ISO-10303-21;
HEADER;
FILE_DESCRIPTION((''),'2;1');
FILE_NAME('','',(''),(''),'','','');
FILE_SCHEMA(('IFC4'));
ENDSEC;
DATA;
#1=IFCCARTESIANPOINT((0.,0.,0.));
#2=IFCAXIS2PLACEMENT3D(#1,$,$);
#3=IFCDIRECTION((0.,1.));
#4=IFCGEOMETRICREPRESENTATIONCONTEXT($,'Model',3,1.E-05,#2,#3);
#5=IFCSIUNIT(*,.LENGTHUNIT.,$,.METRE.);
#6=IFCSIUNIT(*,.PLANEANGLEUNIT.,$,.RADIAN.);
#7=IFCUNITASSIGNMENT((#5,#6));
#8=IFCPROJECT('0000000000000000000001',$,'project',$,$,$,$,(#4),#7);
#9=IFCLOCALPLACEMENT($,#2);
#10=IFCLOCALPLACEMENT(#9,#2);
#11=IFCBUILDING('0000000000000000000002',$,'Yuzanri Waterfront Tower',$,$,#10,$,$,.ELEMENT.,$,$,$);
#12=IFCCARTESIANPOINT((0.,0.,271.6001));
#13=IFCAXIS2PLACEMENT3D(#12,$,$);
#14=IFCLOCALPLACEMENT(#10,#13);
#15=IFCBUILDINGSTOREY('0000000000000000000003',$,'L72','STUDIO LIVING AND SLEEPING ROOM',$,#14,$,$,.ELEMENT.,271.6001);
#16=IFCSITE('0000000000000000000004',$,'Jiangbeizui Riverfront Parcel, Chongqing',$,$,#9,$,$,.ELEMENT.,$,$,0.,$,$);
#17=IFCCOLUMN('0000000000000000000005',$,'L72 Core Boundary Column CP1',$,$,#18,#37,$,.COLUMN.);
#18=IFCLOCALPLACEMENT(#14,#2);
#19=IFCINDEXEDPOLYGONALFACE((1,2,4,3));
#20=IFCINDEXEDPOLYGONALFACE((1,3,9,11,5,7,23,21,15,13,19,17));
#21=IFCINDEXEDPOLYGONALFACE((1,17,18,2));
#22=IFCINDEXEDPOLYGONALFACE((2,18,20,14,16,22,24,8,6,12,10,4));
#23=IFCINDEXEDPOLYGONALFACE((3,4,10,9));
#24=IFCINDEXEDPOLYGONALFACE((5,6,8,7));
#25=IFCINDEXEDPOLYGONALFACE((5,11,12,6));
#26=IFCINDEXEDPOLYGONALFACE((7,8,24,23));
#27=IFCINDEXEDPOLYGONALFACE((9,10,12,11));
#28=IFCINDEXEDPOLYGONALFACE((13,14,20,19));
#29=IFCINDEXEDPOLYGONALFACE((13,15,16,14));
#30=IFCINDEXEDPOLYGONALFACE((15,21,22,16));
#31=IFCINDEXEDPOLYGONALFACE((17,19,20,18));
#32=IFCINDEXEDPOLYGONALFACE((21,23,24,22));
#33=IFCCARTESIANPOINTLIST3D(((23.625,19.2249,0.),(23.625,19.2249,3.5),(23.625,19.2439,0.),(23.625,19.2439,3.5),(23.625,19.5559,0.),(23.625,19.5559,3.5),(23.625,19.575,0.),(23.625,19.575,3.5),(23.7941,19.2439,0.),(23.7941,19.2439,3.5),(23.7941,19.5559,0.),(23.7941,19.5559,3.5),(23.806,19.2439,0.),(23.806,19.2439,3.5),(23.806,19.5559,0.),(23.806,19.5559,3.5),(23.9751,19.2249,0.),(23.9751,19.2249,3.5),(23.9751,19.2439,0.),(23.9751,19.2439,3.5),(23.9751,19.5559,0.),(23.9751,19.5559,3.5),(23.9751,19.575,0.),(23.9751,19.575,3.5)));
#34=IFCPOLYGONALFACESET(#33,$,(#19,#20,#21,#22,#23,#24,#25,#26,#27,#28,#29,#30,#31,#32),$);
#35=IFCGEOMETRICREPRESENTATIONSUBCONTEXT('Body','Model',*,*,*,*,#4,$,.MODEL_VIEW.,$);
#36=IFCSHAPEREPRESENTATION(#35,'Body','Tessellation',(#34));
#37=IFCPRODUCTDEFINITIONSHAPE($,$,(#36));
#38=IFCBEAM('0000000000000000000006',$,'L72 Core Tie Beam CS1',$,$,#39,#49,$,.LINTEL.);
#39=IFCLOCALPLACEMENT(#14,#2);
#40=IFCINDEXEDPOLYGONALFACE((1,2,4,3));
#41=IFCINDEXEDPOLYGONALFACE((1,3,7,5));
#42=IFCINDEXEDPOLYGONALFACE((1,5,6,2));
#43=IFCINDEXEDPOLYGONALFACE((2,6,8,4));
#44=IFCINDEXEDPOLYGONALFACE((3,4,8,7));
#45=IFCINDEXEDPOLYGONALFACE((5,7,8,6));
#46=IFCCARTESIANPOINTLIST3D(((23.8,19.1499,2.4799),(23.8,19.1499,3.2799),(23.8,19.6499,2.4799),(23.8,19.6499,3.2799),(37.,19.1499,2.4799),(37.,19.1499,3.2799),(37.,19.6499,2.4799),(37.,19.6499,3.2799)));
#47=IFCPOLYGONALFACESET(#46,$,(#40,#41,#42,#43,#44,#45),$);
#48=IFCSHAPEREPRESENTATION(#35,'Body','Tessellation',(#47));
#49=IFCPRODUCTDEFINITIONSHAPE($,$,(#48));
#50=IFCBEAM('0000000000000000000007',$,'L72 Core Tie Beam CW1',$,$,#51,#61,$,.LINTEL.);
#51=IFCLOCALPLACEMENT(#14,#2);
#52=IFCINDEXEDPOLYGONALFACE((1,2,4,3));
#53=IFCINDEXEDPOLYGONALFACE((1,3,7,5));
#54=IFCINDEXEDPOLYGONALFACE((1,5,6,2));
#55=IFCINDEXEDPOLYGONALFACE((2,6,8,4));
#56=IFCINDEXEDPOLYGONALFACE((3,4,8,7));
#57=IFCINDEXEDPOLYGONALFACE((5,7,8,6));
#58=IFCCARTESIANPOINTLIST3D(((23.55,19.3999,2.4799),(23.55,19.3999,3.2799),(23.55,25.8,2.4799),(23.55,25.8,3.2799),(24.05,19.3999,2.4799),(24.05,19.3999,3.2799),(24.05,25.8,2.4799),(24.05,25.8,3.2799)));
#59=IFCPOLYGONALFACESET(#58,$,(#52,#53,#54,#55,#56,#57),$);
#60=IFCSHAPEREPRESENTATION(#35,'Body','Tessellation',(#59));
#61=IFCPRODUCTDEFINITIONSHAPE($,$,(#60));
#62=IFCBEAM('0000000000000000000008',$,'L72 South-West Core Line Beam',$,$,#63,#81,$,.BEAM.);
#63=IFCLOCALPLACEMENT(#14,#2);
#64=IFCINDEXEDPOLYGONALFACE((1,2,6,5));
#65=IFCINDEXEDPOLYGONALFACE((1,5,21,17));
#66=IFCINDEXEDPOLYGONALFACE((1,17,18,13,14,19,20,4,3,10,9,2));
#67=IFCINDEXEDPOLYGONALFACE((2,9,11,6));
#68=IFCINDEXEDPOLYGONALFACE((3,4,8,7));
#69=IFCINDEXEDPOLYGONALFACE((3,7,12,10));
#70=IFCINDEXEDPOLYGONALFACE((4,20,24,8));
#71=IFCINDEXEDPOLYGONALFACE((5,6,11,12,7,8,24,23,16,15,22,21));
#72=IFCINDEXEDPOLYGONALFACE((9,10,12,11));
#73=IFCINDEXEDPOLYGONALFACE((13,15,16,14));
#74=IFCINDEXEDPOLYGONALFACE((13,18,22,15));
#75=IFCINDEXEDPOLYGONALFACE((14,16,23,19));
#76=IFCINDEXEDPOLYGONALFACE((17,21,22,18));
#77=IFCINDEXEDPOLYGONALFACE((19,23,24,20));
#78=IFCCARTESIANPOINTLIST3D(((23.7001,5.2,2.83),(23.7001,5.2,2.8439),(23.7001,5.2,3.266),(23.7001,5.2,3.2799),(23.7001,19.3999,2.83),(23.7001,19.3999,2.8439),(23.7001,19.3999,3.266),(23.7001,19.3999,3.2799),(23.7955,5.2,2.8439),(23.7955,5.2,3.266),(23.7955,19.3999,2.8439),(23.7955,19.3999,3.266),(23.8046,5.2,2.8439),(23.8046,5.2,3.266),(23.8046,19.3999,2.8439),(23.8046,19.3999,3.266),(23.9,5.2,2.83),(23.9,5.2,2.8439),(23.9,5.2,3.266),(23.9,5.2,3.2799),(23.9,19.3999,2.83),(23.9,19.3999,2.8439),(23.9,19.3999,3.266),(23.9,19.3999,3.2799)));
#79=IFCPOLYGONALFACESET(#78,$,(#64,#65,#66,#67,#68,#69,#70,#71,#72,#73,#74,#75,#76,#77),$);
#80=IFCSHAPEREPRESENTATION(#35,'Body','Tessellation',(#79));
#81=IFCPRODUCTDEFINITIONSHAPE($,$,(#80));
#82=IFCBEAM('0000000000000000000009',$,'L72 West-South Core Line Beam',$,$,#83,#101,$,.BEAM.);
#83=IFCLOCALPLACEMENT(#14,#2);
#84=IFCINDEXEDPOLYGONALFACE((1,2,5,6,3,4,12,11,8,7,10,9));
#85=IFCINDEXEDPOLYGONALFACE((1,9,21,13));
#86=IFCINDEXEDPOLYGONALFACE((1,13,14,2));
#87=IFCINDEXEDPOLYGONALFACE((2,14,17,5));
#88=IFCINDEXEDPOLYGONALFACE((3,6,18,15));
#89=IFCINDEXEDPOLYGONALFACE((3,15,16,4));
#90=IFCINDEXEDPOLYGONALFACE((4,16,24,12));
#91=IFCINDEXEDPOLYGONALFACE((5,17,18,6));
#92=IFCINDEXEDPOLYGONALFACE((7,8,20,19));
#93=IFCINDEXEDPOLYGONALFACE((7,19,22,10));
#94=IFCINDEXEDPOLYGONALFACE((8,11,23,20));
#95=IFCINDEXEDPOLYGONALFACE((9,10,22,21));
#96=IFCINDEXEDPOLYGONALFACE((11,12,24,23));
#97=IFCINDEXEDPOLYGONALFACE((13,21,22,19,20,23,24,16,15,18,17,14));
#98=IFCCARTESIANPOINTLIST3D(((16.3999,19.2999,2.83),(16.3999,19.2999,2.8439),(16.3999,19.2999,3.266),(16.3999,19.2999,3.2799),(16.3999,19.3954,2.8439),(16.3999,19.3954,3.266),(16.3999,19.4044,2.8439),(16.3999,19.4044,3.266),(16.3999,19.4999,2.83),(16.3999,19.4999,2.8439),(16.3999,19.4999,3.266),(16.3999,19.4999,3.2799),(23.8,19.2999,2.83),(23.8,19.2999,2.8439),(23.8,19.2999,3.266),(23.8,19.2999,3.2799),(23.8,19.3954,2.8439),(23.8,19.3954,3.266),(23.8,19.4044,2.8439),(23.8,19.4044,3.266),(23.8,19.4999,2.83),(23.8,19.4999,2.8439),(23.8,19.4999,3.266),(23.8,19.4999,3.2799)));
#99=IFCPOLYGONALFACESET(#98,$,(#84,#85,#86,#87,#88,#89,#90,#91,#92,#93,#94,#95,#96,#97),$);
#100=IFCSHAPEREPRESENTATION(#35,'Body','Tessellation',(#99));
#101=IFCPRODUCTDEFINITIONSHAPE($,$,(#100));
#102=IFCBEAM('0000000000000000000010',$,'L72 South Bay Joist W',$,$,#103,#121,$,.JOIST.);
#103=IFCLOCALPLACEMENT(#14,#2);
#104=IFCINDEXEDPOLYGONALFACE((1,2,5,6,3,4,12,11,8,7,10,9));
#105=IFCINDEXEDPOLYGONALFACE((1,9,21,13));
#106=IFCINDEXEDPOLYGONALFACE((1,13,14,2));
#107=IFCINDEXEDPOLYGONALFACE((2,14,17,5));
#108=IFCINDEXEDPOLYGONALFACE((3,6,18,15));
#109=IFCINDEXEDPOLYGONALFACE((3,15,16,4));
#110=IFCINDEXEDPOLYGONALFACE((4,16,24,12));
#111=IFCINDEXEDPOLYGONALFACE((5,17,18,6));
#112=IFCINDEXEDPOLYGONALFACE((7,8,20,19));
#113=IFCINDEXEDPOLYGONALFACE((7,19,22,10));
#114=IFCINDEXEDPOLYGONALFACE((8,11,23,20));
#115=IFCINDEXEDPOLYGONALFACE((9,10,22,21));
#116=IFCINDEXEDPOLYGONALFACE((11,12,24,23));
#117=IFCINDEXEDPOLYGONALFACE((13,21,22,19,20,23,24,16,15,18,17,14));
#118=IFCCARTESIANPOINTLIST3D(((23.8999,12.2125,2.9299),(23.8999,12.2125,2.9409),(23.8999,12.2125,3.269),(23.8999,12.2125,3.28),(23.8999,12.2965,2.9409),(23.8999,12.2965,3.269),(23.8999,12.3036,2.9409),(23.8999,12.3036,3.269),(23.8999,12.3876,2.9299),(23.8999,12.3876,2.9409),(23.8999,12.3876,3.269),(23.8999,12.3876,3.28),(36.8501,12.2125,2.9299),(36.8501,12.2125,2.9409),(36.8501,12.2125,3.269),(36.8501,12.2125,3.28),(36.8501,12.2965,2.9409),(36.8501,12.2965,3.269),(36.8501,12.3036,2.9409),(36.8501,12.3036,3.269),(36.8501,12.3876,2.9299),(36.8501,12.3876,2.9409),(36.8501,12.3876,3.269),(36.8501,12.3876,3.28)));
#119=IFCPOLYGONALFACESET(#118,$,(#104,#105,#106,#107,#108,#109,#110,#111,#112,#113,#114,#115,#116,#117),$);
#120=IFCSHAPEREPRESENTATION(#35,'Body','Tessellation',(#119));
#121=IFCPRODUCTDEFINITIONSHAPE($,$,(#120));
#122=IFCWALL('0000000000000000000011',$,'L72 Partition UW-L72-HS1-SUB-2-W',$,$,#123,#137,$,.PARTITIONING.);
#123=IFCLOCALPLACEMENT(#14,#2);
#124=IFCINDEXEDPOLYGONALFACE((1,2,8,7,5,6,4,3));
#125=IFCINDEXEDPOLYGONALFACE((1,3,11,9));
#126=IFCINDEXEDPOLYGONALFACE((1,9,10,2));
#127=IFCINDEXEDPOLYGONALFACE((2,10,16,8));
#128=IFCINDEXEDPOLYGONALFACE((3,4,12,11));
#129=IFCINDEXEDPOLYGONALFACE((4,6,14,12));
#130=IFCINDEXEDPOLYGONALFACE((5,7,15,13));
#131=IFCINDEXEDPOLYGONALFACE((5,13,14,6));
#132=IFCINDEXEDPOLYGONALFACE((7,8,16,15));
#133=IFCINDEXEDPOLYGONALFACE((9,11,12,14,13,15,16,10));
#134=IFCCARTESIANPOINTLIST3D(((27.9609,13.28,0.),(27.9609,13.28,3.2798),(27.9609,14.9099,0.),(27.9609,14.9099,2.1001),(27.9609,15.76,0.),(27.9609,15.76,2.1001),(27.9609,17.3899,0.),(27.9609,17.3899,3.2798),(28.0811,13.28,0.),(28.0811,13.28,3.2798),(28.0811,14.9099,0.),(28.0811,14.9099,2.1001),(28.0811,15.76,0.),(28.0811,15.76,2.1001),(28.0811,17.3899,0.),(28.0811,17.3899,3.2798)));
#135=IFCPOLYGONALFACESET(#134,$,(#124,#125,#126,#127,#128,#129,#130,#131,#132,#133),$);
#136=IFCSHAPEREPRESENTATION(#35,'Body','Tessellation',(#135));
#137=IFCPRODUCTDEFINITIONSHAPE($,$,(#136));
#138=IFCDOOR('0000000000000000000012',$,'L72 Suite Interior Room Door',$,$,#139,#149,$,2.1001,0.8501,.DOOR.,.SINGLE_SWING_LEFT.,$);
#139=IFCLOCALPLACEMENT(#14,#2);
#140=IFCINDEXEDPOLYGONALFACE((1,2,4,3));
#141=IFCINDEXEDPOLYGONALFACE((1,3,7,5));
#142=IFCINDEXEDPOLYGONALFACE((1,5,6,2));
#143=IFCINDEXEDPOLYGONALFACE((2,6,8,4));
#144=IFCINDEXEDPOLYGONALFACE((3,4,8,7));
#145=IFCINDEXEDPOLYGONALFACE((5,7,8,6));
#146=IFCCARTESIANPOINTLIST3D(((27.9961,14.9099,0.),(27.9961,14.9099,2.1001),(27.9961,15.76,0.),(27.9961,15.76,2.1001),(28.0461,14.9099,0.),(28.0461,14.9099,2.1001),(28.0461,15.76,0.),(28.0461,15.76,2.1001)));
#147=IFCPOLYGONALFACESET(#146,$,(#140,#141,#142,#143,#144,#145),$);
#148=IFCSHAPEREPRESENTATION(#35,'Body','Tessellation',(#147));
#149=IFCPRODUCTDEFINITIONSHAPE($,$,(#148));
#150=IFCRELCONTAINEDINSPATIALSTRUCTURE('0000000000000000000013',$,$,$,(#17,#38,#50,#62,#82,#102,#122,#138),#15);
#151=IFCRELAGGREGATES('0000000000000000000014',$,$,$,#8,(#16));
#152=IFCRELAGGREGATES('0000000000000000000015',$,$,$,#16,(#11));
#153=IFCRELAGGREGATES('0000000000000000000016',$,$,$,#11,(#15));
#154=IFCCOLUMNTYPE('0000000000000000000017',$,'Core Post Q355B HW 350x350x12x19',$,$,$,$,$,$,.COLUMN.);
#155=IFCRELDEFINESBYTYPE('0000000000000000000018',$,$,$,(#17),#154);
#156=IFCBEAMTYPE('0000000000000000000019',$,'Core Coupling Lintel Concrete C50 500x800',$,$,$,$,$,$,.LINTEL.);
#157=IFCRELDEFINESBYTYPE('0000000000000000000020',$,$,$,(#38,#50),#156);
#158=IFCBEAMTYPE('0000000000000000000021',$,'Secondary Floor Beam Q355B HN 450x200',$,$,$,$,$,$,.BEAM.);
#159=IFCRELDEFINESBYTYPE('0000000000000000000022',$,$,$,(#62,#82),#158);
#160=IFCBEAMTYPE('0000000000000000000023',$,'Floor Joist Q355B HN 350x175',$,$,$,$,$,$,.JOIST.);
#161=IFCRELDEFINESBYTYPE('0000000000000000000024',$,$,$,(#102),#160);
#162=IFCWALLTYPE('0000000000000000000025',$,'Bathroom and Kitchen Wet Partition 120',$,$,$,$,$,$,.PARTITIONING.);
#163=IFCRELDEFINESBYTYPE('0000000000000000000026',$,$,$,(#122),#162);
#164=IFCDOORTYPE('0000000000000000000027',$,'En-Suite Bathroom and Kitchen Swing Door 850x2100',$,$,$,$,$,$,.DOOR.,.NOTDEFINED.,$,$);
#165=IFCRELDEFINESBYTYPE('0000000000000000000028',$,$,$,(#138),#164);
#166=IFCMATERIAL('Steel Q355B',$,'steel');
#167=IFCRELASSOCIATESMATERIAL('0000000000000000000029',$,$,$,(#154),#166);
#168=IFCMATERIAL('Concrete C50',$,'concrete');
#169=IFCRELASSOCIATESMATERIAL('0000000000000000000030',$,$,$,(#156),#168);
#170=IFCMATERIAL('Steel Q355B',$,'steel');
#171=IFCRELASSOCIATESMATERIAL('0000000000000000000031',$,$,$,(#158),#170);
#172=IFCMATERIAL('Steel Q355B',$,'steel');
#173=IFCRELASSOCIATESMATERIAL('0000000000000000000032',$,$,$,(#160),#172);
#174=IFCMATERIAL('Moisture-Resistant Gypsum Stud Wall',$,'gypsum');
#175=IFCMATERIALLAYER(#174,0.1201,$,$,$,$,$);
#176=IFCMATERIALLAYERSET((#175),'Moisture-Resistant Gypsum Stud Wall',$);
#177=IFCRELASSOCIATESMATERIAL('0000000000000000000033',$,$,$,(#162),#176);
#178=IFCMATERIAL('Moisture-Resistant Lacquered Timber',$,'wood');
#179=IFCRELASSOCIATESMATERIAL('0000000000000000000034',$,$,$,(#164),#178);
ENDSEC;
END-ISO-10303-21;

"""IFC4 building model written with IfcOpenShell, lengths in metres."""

from ifc_helpers import new_model, si_unit, direction, frame, frame_2d, origin, origin_2d, place, context, subcontext, project, spatial, rectangle, i_section, extrude, source, transform, mapped, material, layer, layer_set, material_profile, profile_set, type_object, element, fill, save


model = new_model("IFC4")

# Units and contexts
model_context = context("Model", 3, precision=1e-05, world=origin(), true_north=direction((0.0, 1.0)))
body_context = subcontext(model_context, "Body", "Model", "MODEL_VIEW")
ifc_project = project(units=[si_unit("LENGTHUNIT", "METRE"), si_unit("PLANEANGLEUNIT", "RADIAN")], contexts=[model_context])

# Site, building, storey
site_placement = place(None, origin())
site = spatial("IfcSite", under=ifc_project, at=site_placement, Name="Jiangbeizui Riverfront Parcel, Chongqing", CompositionType="ELEMENT", RefElevation=0.0)
building_placement = place(site_placement, origin())
building = spatial("IfcBuilding", under=site, at=building_placement, Name="Yuzanri Waterfront Tower", CompositionType="ELEMENT")
storey_placement = place(building_placement, frame((0.0, 0.0, 271.6001)))
storey = spatial("IfcBuildingStorey", under=building, at=storey_placement, Name="L72", Description="STUDIO LIVING AND SLEEPING ROOM", CompositionType="ELEMENT", Elevation=271.6001)

# Column
ifc_material_1 = material(Name="Steel Q355B", Category="steel")
ifc_material_profile_1 = material_profile(ifc_material_1, i_section(OverallWidth=0.3501, OverallDepth=0.3501, WebThickness=0.012, FlangeThickness=0.019, at=origin_2d()), Name="HW 350x350x12x19")
ifc_profile_set_1 = profile_set([ifc_material_profile_1], Name="Steel Q355B")
column_type = type_object("IfcColumnType", Name="Core Post Q355B HW 350x350x12x19", PredefinedType="COLUMN", material=ifc_profile_set_1)
shared_shape_1 = source(origin(), body_context, "Body", "SweptSolid", [
    extrude(i_section(OverallWidth=0.3501, OverallDepth=0.3501, WebThickness=0.012, FlangeThickness=0.019, at=origin_2d()), origin(), (0.0, 0.0, 1.0), 3.5),
])
column_placement = place(storey_placement, frame((23.8, 19.3999, 0.0), z_axis=(0.0, 0.0, 1.0), x_axis=(1.0, 0.0, 0.0)))
element("IfcColumn", 1, at=column_placement, inside=storey, type_object=column_type, Name="L72 Core Boundary Column CP1", PredefinedType="COLUMN", context=body_context, shape_type="MappedRepresentation", body=[
    mapped(shared_shape_1, transform((0.0, 0.0, 0.0), scale=1.0)),
])

# Beams
ifc_material_2 = material(Name="Concrete C50", Category="concrete")
ifc_material_profile_2 = material_profile(ifc_material_2, rectangle(XDim=0.5, YDim=0.8, at=origin_2d()), Name="RC 500x800")
ifc_profile_set_2 = profile_set([ifc_material_profile_2], Name="Concrete C50")
beam_type_1 = type_object("IfcBeamType", Name="Core Coupling Lintel Concrete C50 500x800", PredefinedType="LINTEL", material=ifc_profile_set_2)
shared_shape_2 = source(origin(), body_context, "Body", "SweptSolid", [
    extrude(rectangle(XDim=0.5, YDim=0.8, at=origin_2d()), origin(), (0.0, 0.0, 1.0), 13.2),
])
beam_1_placement = place(storey_placement, frame((23.8, 19.3999, 2.8799), z_axis=(1.0, 0.0, 0.0), x_axis=(0.0, 1.0, 0.0)))
element("IfcBeam", 2, at=beam_1_placement, inside=storey, type_object=beam_type_1, Name="L72 Core Tie Beam CS1", PredefinedType="LINTEL", context=body_context, shape_type="MappedRepresentation", body=[
    mapped(shared_shape_2, transform((0.0, 0.0, 0.0), scale=1.0)),
])
shared_shape_3 = source(origin(), body_context, "Body", "SweptSolid", [
    extrude(rectangle(XDim=0.5, YDim=0.8, at=origin_2d()), origin(), (0.0, 0.0, 1.0), 6.4001),
])
beam_2_placement = place(storey_placement, frame((23.8, 19.3999, 2.8799), z_axis=(0.0, 1.0, 0.0), x_axis=(-1.0, 0.0, 0.0)))
element("IfcBeam", 3, at=beam_2_placement, inside=storey, type_object=beam_type_1, Name="L72 Core Tie Beam CW1", PredefinedType="LINTEL", context=body_context, shape_type="MappedRepresentation", body=[
    mapped(shared_shape_3, transform((0.0, 0.0, 0.0), scale=1.0)),
])
ifc_material_3 = material(Name="Steel Q355B", Category="steel")
ifc_material_profile_3 = material_profile(ifc_material_3, i_section(OverallWidth=0.2, OverallDepth=0.45, WebThickness=0.009, FlangeThickness=0.0139, at=origin_2d()), Name="HN 450x200x9x14")
ifc_profile_set_3 = profile_set([ifc_material_profile_3], Name="Steel Q355B")
beam_type_2 = type_object("IfcBeamType", Name="Secondary Floor Beam Q355B HN 450x200", PredefinedType="BEAM", material=ifc_profile_set_3)
shared_shape_4 = source(origin(), body_context, "Body", "SweptSolid", [
    extrude(i_section(OverallWidth=0.2, OverallDepth=0.45, WebThickness=0.009, FlangeThickness=0.0139, at=origin_2d()), origin(), (0.0, 0.0, 1.0), 14.2),
])
beam_3_placement = place(storey_placement, frame((23.8, 19.3999, 3.0549), z_axis=(0.0, -1.0, 0.0), x_axis=(1.0, 0.0, 0.0)))
element("IfcBeam", 4, at=beam_3_placement, inside=storey, type_object=beam_type_2, Name="L72 South-West Core Line Beam", PredefinedType="BEAM", context=body_context, shape_type="MappedRepresentation", body=[
    mapped(shared_shape_4, transform((0.0, 0.0, 0.0), scale=1.0)),
])
shared_shape_5 = source(origin(), body_context, "Body", "SweptSolid", [
    extrude(i_section(OverallWidth=0.2, OverallDepth=0.45, WebThickness=0.009, FlangeThickness=0.0139, at=origin_2d()), origin(), (0.0, 0.0, 1.0), 7.4001),
])
beam_4_placement = place(storey_placement, frame((23.8, 19.3999, 3.0549), z_axis=(-1.0, 0.0, 0.0), x_axis=(0.0, -1.0, 0.0)))
element("IfcBeam", 5, at=beam_4_placement, inside=storey, type_object=beam_type_2, Name="L72 West-South Core Line Beam", PredefinedType="BEAM", context=body_context, shape_type="MappedRepresentation", body=[
    mapped(shared_shape_5, transform((0.0, 0.0, 0.0), scale=1.0)),
])
ifc_material_4 = material(Name="Steel Q355B", Category="steel")
ifc_material_profile_4 = material_profile(ifc_material_4, i_section(OverallWidth=0.175, OverallDepth=0.3501, WebThickness=0.0071, FlangeThickness=0.011, at=origin_2d()), Name="HN 350x175x7x11")
ifc_profile_set_4 = profile_set([ifc_material_profile_4], Name="Steel Q355B")
beam_type_3 = type_object("IfcBeamType", Name="Floor Joist Q355B HN 350x175", PredefinedType="JOIST", material=ifc_profile_set_4)
shared_shape_6 = source(origin(), body_context, "Body", "SweptSolid", [
    extrude(i_section(OverallWidth=0.175, OverallDepth=0.3501, WebThickness=0.0071, FlangeThickness=0.011, at=origin_2d()), origin(), (0.0, 0.0, 1.0), 12.9502),
])
beam_5_placement = place(storey_placement, frame((23.8999, 12.3, 3.105), z_axis=(1.0, 0.0, 0.0), x_axis=(0.0, 1.0, 0.0)))
element("IfcBeam", 6, at=beam_5_placement, inside=storey, type_object=beam_type_3, Name="L72 South Bay Joist W", PredefinedType="JOIST", context=body_context, shape_type="MappedRepresentation", body=[
    mapped(shared_shape_6, transform((0.0, 0.0, 0.0), scale=1.0)),
])

# Wall, opening, door
ifc_material_5 = material(Name="Moisture-Resistant Gypsum Stud Wall", Category="gypsum")
ifc_layer_1 = layer(ifc_material_5, 0.1201)
ifc_layer_set_1 = layer_set([ifc_layer_1], Name="Moisture-Resistant Gypsum Stud Wall")
wall_type_1 = type_object("IfcWallType", Name="Bathroom and Kitchen Wet Partition 120", PredefinedType="PARTITIONING", material=ifc_layer_set_1)
wall_1_placement = place(storey_placement, frame((28.021, 13.28, 0.0), z_axis=(0.0, 0.0, 1.0), x_axis=(0.0, 1.0, 0.0)))
wall_1 = element("IfcWall", 7, at=wall_1_placement, inside=storey, type_object=wall_type_1, Name="L72 Partition UW-L72-HS1-SUB-2-W", PredefinedType="PARTITIONING", context=body_context, shape_type="SweptSolid", body=[
    extrude(rectangle(XDim=4.1099, YDim=0.1201, at=frame_2d((2.0549, 0.0))), origin(), (0.0, 0.0, 1.0), 3.2798),
])
opening_1_placement = place(wall_1_placement, frame((1.6299, 0.0, 0.0)))
opening_1 = element("IfcOpeningElement", 8, at=opening_1_placement, cuts=wall_1, PredefinedType="OPENING", context=body_context, shape_type="SweptSolid", body=[
    extrude(rectangle(XDim=0.8501, YDim=2.1001, at=frame_2d((0.425, 1.05))), frame((0.0, 0.075, 0.0), z_axis=(0.0, -1.0, 0.0), x_axis=(1.0, 0.0, 0.0)), (0.0, 0.0, 1.0), 0.1499),
])
ifc_material_6 = material(Name="Moisture-Resistant Lacquered Timber", Category="wood")
door_type_1 = type_object("IfcDoorType", Name="En-Suite Bathroom and Kitchen Swing Door 850x2100", OperationType="NOTDEFINED", PredefinedType="DOOR", material=ifc_material_6)
shared_shape_7 = source(origin(), body_context, "Body", "SweptSolid", [
    extrude(rectangle(XDim=0.8501, YDim=2.1001, at=frame_2d((0.425, 1.05))), frame((0.0, 0.0249, 0.0), z_axis=(0.0, -1.0, 0.0), x_axis=(1.0, 0.0, 0.0)), (0.0, 0.0, 1.0), 0.05),
])
door_1_placement = place(opening_1_placement, origin())
door_1 = element("IfcDoor", 9, at=door_1_placement, inside=storey, type_object=door_type_1, Name="L72 Suite Interior Room Door", OperationType="SINGLE_SWING_LEFT", OverallHeight=2.1001, OverallWidth=0.8501, PredefinedType="DOOR", context=body_context, shape_type="MappedRepresentation", body=[
    mapped(shared_shape_7, transform((0.0, 0.0, 0.0), scale=1.0)),
])
fill(opening_1, door_1)

save(model, "model.ifc")
